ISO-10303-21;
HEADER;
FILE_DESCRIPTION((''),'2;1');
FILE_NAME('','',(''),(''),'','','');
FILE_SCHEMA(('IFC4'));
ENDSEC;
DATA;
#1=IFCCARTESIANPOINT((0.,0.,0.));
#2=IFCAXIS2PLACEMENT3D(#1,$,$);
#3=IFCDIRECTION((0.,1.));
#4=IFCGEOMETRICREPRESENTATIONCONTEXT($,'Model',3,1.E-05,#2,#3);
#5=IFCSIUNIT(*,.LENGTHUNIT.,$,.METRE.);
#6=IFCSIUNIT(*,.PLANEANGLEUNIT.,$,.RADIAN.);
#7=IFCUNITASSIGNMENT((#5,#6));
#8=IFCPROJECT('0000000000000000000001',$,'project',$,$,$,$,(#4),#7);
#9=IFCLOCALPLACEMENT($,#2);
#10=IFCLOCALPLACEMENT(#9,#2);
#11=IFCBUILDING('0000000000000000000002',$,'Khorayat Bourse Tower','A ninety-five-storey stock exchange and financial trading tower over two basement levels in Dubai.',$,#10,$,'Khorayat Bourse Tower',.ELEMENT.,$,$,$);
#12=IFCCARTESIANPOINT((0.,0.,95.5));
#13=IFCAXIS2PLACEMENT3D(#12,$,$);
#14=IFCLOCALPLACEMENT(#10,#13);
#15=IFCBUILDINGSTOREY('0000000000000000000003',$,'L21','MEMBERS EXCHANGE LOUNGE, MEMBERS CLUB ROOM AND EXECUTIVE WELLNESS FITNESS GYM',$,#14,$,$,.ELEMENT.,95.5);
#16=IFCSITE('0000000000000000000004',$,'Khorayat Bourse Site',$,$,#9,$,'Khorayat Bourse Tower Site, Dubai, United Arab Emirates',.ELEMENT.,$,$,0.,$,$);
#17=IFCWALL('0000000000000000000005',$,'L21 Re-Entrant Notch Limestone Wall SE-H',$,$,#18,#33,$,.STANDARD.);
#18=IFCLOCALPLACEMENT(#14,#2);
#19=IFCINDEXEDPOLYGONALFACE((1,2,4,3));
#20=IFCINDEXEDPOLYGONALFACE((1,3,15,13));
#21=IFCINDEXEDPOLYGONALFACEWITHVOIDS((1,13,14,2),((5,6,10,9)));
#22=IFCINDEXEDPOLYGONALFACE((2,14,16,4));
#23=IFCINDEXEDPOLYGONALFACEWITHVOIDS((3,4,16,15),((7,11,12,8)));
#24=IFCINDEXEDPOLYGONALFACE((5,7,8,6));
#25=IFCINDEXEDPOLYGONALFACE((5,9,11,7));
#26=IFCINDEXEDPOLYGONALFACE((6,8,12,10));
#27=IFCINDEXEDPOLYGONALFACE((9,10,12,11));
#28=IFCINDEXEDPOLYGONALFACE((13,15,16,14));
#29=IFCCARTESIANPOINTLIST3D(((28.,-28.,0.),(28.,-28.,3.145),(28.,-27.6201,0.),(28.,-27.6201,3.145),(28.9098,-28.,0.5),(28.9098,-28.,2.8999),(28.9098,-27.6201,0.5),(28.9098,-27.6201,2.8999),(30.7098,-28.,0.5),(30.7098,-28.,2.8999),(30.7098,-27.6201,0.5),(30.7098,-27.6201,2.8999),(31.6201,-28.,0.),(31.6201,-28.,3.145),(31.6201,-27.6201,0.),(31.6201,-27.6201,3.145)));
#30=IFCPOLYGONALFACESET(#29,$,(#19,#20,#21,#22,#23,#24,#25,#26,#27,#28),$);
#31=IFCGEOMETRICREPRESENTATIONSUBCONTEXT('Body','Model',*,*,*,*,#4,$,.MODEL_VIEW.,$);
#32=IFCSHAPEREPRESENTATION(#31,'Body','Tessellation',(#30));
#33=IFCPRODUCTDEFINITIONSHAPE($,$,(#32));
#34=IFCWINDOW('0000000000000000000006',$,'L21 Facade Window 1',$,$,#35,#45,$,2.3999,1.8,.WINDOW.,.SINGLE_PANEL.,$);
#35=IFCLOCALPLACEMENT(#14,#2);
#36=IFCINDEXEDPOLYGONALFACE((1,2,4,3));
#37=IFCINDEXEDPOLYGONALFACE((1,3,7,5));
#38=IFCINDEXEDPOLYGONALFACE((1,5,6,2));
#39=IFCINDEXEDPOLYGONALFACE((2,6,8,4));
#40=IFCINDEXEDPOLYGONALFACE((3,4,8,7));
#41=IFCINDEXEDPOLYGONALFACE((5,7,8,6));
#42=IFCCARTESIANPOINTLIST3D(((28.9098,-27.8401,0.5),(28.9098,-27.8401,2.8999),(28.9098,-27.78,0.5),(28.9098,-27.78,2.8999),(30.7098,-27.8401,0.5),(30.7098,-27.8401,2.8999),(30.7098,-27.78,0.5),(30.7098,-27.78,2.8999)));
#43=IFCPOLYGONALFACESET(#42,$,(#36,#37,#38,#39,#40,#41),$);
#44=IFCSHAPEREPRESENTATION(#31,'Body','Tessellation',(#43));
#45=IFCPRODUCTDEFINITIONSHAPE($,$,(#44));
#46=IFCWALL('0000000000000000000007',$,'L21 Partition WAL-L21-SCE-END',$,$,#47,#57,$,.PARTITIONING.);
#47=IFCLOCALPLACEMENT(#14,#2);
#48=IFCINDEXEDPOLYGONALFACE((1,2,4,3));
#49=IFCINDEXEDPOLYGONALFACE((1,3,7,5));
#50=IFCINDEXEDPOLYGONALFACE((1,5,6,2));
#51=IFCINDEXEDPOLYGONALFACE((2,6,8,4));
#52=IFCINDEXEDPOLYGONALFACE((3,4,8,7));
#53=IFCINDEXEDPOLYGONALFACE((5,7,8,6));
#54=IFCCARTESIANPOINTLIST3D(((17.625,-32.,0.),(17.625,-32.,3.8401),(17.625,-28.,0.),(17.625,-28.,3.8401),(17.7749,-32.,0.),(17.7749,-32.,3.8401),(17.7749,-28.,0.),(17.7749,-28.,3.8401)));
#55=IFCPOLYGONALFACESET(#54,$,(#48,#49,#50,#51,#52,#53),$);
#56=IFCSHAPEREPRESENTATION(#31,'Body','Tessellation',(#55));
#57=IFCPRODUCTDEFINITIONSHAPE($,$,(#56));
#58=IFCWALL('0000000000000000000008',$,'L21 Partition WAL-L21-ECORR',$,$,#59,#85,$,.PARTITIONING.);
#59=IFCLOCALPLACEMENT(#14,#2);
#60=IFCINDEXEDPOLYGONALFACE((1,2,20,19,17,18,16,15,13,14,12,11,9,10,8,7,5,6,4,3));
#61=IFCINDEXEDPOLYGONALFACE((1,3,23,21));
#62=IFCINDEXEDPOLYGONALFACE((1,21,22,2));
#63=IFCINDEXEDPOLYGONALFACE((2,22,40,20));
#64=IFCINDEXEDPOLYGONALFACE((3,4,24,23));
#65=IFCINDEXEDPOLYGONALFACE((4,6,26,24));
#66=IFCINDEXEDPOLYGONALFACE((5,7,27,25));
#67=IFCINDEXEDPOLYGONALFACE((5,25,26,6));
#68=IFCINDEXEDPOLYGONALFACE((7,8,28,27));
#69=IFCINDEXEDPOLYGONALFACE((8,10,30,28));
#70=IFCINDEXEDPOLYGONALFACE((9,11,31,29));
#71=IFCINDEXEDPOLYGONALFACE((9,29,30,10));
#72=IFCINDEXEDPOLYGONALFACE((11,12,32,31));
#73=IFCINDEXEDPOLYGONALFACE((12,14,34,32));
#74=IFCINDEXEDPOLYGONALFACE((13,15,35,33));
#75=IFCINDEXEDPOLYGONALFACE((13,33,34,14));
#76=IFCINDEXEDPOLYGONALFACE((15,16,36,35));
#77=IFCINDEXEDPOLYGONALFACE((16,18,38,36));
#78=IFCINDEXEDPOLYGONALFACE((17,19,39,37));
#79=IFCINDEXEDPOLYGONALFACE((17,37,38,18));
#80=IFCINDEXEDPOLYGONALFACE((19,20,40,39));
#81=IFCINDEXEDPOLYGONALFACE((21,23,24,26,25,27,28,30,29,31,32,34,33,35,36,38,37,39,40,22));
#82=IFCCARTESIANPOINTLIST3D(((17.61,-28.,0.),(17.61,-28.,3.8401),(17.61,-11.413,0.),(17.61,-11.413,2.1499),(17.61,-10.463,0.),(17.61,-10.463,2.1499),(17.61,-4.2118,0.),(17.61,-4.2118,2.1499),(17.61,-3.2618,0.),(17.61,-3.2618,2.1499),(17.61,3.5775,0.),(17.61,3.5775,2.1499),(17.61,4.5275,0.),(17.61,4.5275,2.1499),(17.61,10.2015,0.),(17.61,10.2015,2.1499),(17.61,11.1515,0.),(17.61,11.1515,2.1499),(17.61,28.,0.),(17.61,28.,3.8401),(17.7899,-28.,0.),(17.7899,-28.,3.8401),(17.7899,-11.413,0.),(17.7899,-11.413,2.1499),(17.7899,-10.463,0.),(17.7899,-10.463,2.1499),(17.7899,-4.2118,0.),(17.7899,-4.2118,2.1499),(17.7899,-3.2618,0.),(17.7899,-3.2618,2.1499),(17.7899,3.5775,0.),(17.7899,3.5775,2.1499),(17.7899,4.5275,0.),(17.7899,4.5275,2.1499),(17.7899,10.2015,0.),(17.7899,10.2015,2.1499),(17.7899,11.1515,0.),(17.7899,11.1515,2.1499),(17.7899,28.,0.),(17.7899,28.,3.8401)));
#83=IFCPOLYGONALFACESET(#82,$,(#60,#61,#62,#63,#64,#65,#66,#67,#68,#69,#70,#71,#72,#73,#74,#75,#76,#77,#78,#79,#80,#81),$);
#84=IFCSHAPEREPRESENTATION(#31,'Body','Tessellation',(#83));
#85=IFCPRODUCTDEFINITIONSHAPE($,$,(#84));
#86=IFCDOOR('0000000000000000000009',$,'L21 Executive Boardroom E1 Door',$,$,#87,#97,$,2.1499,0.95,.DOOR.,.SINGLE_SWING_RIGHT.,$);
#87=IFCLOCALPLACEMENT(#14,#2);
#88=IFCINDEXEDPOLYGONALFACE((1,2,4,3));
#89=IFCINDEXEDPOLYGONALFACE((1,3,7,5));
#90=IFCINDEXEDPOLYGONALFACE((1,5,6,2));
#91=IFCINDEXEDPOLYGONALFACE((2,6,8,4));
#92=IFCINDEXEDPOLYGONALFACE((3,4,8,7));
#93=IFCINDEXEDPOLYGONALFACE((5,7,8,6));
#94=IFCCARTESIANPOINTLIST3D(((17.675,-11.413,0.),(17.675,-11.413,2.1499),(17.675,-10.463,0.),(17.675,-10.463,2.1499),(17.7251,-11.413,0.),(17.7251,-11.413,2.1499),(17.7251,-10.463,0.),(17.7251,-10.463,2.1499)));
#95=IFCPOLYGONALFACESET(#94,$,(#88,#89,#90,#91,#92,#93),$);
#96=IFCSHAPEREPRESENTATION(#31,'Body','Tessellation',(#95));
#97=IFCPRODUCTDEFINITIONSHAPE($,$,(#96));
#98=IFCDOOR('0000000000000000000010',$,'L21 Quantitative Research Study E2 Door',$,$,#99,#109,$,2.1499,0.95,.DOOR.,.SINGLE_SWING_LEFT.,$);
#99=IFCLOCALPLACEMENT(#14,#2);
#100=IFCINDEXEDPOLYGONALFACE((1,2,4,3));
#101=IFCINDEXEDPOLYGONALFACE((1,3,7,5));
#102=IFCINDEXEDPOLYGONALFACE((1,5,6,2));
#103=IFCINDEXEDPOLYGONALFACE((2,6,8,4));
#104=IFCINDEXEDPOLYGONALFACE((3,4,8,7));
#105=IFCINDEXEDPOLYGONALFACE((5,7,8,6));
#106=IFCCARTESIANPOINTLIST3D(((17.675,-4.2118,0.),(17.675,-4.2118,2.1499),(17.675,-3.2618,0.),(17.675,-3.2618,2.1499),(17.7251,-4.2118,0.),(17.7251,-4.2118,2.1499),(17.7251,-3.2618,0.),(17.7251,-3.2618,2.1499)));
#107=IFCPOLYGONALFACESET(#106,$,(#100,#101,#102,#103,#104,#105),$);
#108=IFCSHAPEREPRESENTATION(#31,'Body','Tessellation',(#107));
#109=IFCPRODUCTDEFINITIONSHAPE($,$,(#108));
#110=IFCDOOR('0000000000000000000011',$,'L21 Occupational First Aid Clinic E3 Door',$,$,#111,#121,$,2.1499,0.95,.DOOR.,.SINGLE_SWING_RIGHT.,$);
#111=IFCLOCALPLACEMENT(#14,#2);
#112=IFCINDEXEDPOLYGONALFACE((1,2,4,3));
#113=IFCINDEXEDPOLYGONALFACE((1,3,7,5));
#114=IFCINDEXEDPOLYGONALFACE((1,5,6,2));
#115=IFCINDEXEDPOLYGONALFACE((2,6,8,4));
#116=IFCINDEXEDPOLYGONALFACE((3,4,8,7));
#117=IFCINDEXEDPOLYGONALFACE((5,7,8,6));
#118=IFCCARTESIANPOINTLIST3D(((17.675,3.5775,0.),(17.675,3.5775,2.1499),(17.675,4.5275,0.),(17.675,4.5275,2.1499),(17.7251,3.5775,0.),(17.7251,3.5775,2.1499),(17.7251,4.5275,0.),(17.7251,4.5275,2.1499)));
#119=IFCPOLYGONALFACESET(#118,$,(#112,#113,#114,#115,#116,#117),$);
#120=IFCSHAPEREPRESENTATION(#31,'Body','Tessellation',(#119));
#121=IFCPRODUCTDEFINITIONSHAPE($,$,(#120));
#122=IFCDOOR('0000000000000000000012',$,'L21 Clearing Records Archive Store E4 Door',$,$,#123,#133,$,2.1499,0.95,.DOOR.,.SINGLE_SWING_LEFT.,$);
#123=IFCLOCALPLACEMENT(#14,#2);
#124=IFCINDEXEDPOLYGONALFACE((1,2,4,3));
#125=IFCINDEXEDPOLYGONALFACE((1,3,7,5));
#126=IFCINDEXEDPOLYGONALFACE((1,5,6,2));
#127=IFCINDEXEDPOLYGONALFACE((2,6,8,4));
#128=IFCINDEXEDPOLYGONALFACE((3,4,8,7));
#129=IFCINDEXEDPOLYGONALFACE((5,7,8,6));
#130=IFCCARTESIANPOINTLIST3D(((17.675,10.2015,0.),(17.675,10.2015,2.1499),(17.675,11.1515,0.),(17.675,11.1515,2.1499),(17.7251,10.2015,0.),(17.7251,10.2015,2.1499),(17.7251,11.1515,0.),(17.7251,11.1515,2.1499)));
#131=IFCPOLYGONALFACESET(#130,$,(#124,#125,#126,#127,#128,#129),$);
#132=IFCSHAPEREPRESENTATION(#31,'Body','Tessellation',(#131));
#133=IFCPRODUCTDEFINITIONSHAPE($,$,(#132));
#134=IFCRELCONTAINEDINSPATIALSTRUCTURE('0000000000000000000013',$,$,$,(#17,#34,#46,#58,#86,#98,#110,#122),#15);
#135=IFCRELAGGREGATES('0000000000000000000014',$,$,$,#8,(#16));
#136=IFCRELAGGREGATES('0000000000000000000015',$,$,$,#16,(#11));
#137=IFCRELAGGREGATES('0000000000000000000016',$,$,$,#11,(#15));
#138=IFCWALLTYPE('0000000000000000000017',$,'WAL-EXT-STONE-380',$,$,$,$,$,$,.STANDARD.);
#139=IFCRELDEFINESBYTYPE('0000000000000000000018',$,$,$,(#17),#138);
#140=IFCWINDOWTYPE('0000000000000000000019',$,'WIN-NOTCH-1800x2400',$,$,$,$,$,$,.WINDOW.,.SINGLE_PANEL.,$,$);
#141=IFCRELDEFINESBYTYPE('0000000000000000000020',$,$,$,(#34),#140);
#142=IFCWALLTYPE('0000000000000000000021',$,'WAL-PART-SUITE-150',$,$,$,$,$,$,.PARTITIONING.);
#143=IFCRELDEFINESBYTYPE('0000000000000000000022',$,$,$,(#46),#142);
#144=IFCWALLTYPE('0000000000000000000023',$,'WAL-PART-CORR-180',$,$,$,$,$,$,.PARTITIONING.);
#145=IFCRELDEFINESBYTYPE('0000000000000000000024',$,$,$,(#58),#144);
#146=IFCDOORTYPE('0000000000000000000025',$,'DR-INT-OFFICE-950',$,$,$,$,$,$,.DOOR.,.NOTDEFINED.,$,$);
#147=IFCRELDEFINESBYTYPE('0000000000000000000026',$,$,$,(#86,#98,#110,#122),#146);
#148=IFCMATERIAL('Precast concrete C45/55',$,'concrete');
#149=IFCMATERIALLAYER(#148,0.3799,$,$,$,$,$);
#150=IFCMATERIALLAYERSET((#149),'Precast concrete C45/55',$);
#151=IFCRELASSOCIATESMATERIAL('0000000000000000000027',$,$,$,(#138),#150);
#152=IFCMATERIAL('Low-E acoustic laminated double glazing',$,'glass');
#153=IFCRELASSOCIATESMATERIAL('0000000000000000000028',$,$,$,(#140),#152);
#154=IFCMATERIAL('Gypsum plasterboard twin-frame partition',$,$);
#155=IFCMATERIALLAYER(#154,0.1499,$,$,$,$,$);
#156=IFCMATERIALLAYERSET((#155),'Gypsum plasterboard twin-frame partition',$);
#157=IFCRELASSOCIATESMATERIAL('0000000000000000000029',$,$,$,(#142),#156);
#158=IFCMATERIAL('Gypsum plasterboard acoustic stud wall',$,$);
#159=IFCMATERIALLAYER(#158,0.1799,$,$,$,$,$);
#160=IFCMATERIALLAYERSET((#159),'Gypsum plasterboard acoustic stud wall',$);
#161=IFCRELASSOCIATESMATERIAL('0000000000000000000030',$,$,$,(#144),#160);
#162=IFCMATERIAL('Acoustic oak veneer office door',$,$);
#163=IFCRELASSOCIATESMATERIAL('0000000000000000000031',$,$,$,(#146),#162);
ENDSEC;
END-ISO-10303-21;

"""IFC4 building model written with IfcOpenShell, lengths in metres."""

from ifc_helpers import new_model, si_unit, direction, frame, frame_2d, origin, place, context, subcontext, project, spatial, rectangle, extrude, source, transform, mapped, material, layer, layer_set, type_object, element, fill, save


model = new_model("IFC4")

# Units and contexts
model_context = context("Model", 3, precision=1e-05, world=origin(), true_north=direction((0.0, 1.0)))
body_context = subcontext(model_context, "Body", "Model", "MODEL_VIEW")
ifc_project = project(units=[si_unit("LENGTHUNIT", "METRE"), si_unit("PLANEANGLEUNIT", "RADIAN")], contexts=[model_context])

# Site, building, storey
site_placement = place(None, origin())
site = spatial("IfcSite", under=ifc_project, at=site_placement, Name="Khorayat Bourse Site", LongName="Khorayat Bourse Tower Site, Dubai, United Arab Emirates", CompositionType="ELEMENT", RefElevation=0.0)
building_placement = place(site_placement, origin())
building = spatial("IfcBuilding", under=site, at=building_placement, Name="Khorayat Bourse Tower", Description="A ninety-five-storey stock exchange and financial trading tower over two basement levels in Dubai.", LongName="Khorayat Bourse Tower", CompositionType="ELEMENT")
storey_placement = place(building_placement, frame((0.0, 0.0, 95.5)))
storey = spatial("IfcBuildingStorey", under=building, at=storey_placement, Name="L21", Description="MEMBERS EXCHANGE LOUNGE, MEMBERS CLUB ROOM AND EXECUTIVE WELLNESS FITNESS GYM", CompositionType="ELEMENT", Elevation=95.5)

# Wall, opening, window
ifc_material_1 = material(Name="Precast concrete C45/55", Category="concrete")
ifc_layer_1 = layer(ifc_material_1, 0.3799)
ifc_layer_set_1 = layer_set([ifc_layer_1], Name="Precast concrete C45/55")
wall_type_1 = type_object("IfcWallType", Name="WAL-EXT-STONE-380", PredefinedType="STANDARD", material=ifc_layer_set_1)
shared_shape_1 = source(origin(), body_context, "Body", "SweptSolid", [
    extrude(rectangle(XDim=3.6201, YDim=0.3799, at=frame_2d((1.8101, 0.0))), origin(), (0.0, 0.0, 1.0), 3.145),
])
shared_shape_2 = source(origin(), body_context, "Body", "SweptSolid", [
    extrude(rectangle(XDim=1.8, YDim=2.3999, at=frame_2d((0.8999, 1.2))), frame((0.0, 0.2, 0.0), z_axis=(0.0, -1.0, 0.0), x_axis=(1.0, 0.0, 0.0)), (0.0, 0.0, 1.0), 0.3999),
])
ifc_material_2 = material(Name="Low-E acoustic laminated double glazing", Category="glass")
window_type = type_object("IfcWindowType", Name="WIN-NOTCH-1800x2400", PartitioningType="SINGLE_PANEL", PredefinedType="WINDOW", material=ifc_material_2)
shared_shape_3 = source(origin(), body_context, "Body", "SweptSolid", [
    extrude(rectangle(XDim=1.8, YDim=2.3999, at=frame_2d((0.8999, 1.2))), frame((0.0, 0.03, 0.0), z_axis=(0.0, -1.0, 0.0), x_axis=(1.0, 0.0, 0.0)), (0.0, 0.0, 1.0), 0.0601),
])
wall_1_placement = place(storey_placement, frame((28.0, -27.8101, 0.0), z_axis=(0.0, 0.0, 1.0), x_axis=(1.0, 0.0, 0.0)))
wall_1 = element("IfcWall", 1, at=wall_1_placement, inside=storey, type_object=wall_type_1, Name="L21 Re-Entrant Notch Limestone Wall SE-H", PredefinedType="STANDARD", context=body_context, shape_type="MappedRepresentation", body=[
    mapped(shared_shape_1, transform((0.0, 0.0, 0.0), scale=1.0)),
])
opening_1_placement = place(wall_1_placement, frame((0.9099, 0.0, 0.5)))
opening_1 = element("IfcOpeningElement", 2, at=opening_1_placement, cuts=wall_1, PredefinedType="OPENING", context=body_context, shape_type="MappedRepresentation", body=[
    mapped(shared_shape_2, transform((0.0, 0.0, 0.0), scale=1.0)),
])
window_1_placement = place(opening_1_placement, origin())
window_1 = element("IfcWindow", 3, at=window_1_placement, inside=storey, type_object=window_type, Name="L21 Facade Window 1", OverallHeight=2.3999, OverallWidth=1.8, PartitioningType="SINGLE_PANEL", PredefinedType="WINDOW", context=body_context, shape_type="MappedRepresentation", body=[
    mapped(shared_shape_3, transform((0.0, 0.0, 0.0), scale=1.0)),
])
fill(opening_1, window_1)

# Wall
ifc_material_3 = material(Name="Gypsum plasterboard twin-frame partition")
ifc_layer_2 = layer(ifc_material_3, 0.1499)
ifc_layer_set_2 = layer_set([ifc_layer_2], Name="Gypsum plasterboard twin-frame partition")
wall_type_2 = type_object("IfcWallType", Name="WAL-PART-SUITE-150", PredefinedType="PARTITIONING", material=ifc_layer_set_2)
shared_shape_4 = source(origin(), body_context, "Body", "SweptSolid", [
    extrude(rectangle(XDim=4.0, YDim=0.1499, at=frame_2d((2.0, 0.0))), origin(), (0.0, 0.0, 1.0), 3.8401),
])
wall_2_placement = place(storey_placement, frame((17.7, -32.0, 0.0), z_axis=(0.0, 0.0, 1.0), x_axis=(0.0, 1.0, 0.0)))
element("IfcWall", 4, at=wall_2_placement, inside=storey, type_object=wall_type_2, Name="L21 Partition WAL-L21-SCE-END", PredefinedType="PARTITIONING", context=body_context, shape_type="MappedRepresentation", body=[
    mapped(shared_shape_4, transform((0.0, 0.0, 0.0), scale=1.0)),
])

# Wall, openings, doors
ifc_material_4 = material(Name="Gypsum plasterboard acoustic stud wall")
ifc_layer_3 = layer(ifc_material_4, 0.1799)
ifc_layer_set_3 = layer_set([ifc_layer_3], Name="Gypsum plasterboard acoustic stud wall")
wall_type_3 = type_object("IfcWallType", Name="WAL-PART-CORR-180", PredefinedType="PARTITIONING", material=ifc_layer_set_3)
shared_shape_5 = source(origin(), body_context, "Body", "SweptSolid", [
    extrude(rectangle(XDim=56.0, YDim=0.1799, at=frame_2d((28.0, 0.0))), origin(), (0.0, 0.0, 1.0), 3.8401),
])
wall_3_placement = place(storey_placement, frame((17.7, -28.0, 0.0), z_axis=(0.0, 0.0, 1.0), x_axis=(0.0, 1.0, 0.0)))
wall_3 = element("IfcWall", 5, at=wall_3_placement, inside=storey, type_object=wall_type_3, Name="L21 Partition WAL-L21-ECORR", PredefinedType="PARTITIONING", context=body_context, shape_type="MappedRepresentation", body=[
    mapped(shared_shape_5, transform((0.0, 0.0, 0.0), scale=1.0)),
])
shared_shape_6 = source(origin(), body_context, "Body", "SweptSolid", [
    extrude(rectangle(XDim=0.95, YDim=2.1499, at=frame_2d((0.4751, 1.075))), frame((0.0, 0.0999, 0.0), z_axis=(0.0, -1.0, 0.0), x_axis=(1.0, 0.0, 0.0)), (0.0, 0.0, 1.0), 0.2),
])
opening_2_placement = place(wall_3_placement, frame((16.5869, 0.0, 0.0)))
opening_2 = element("IfcOpeningElement", 6, at=opening_2_placement, cuts=wall_3, PredefinedType="OPENING", context=body_context, shape_type="MappedRepresentation", body=[
    mapped(shared_shape_6, transform((0.0, 0.0, 0.0), scale=1.0)),
])
opening_3_placement = place(wall_3_placement, frame((23.7881, 0.0, 0.0)))
opening_3 = element("IfcOpeningElement", 7, at=opening_3_placement, cuts=wall_3, PredefinedType="OPENING", context=body_context, shape_type="MappedRepresentation", body=[
    mapped(shared_shape_6, transform((0.0, 0.0, 0.0), scale=1.0)),
])
opening_4_placement = place(wall_3_placement, frame((31.5774, 0.0, 0.0)))
opening_4 = element("IfcOpeningElement", 8, at=opening_4_placement, cuts=wall_3, PredefinedType="OPENING", context=body_context, shape_type="MappedRepresentation", body=[
    mapped(shared_shape_6, transform((0.0, 0.0, 0.0), scale=1.0)),
])
opening_5_placement = place(wall_3_placement, frame((38.2014, 0.0, 0.0)))
opening_5 = element("IfcOpeningElement", 9, at=opening_5_placement, cuts=wall_3, PredefinedType="OPENING", context=body_context, shape_type="MappedRepresentation", body=[
    mapped(shared_shape_6, transform((0.0, 0.0, 0.0), scale=1.0)),
])
ifc_material_5 = material(Name="Acoustic oak veneer office door")
door_type = type_object("IfcDoorType", Name="DR-INT-OFFICE-950", OperationType="NOTDEFINED", PredefinedType="DOOR", material=ifc_material_5)
shared_shape_7 = source(origin(), body_context, "Body", "SweptSolid", [
    extrude(rectangle(XDim=0.95, YDim=2.1499, at=frame_2d((0.4751, 1.075))), frame((0.0, 0.0249, 0.0), z_axis=(0.0, -1.0, 0.0), x_axis=(1.0, 0.0, 0.0)), (0.0, 0.0, 1.0), 0.05),
])
door_1_placement = place(opening_2_placement, origin())
door_1 = element("IfcDoor", 10, at=door_1_placement, inside=storey, type_object=door_type, Name="L21 Executive Boardroom E1 Door", OperationType="SINGLE_SWING_RIGHT", OverallHeight=2.1499, OverallWidth=0.95, PredefinedType="DOOR", context=body_context, shape_type="MappedRepresentation", body=[
    mapped(shared_shape_7, transform((0.0, 0.0, 0.0), scale=1.0)),
])
fill(opening_2, door_1)
door_2_placement = place(opening_3_placement, origin())
door_2 = element("IfcDoor", 11, at=door_2_placement, inside=storey, type_object=door_type, Name="L21 Quantitative Research Study E2 Door", OperationType="SINGLE_SWING_LEFT", OverallHeight=2.1499, OverallWidth=0.95, PredefinedType="DOOR", context=body_context, shape_type="MappedRepresentation", body=[
    mapped(shared_shape_7, transform((0.0, 0.0, 0.0), scale=1.0)),
])
fill(opening_3, door_2)
door_3_placement = place(opening_4_placement, origin())
door_3 = element("IfcDoor", 12, at=door_3_placement, inside=storey, type_object=door_type, Name="L21 Occupational First Aid Clinic E3 Door", OperationType="SINGLE_SWING_RIGHT", OverallHeight=2.1499, OverallWidth=0.95, PredefinedType="DOOR", context=body_context, shape_type="MappedRepresentation", body=[
    mapped(shared_shape_7, transform((0.0, 0.0, 0.0), scale=1.0)),
])
fill(opening_4, door_3)
door_4_placement = place(opening_5_placement, origin())
door_4 = element("IfcDoor", 13, at=door_4_placement, inside=storey, type_object=door_type, Name="L21 Clearing Records Archive Store E4 Door", OperationType="SINGLE_SWING_LEFT", OverallHeight=2.1499, OverallWidth=0.95, PredefinedType="DOOR", context=body_context, shape_type="MappedRepresentation", body=[
    mapped(shared_shape_7, transform((0.0, 0.0, 0.0), scale=1.0)),
])
fill(opening_5, door_4)

save(model, "model.ifc")
